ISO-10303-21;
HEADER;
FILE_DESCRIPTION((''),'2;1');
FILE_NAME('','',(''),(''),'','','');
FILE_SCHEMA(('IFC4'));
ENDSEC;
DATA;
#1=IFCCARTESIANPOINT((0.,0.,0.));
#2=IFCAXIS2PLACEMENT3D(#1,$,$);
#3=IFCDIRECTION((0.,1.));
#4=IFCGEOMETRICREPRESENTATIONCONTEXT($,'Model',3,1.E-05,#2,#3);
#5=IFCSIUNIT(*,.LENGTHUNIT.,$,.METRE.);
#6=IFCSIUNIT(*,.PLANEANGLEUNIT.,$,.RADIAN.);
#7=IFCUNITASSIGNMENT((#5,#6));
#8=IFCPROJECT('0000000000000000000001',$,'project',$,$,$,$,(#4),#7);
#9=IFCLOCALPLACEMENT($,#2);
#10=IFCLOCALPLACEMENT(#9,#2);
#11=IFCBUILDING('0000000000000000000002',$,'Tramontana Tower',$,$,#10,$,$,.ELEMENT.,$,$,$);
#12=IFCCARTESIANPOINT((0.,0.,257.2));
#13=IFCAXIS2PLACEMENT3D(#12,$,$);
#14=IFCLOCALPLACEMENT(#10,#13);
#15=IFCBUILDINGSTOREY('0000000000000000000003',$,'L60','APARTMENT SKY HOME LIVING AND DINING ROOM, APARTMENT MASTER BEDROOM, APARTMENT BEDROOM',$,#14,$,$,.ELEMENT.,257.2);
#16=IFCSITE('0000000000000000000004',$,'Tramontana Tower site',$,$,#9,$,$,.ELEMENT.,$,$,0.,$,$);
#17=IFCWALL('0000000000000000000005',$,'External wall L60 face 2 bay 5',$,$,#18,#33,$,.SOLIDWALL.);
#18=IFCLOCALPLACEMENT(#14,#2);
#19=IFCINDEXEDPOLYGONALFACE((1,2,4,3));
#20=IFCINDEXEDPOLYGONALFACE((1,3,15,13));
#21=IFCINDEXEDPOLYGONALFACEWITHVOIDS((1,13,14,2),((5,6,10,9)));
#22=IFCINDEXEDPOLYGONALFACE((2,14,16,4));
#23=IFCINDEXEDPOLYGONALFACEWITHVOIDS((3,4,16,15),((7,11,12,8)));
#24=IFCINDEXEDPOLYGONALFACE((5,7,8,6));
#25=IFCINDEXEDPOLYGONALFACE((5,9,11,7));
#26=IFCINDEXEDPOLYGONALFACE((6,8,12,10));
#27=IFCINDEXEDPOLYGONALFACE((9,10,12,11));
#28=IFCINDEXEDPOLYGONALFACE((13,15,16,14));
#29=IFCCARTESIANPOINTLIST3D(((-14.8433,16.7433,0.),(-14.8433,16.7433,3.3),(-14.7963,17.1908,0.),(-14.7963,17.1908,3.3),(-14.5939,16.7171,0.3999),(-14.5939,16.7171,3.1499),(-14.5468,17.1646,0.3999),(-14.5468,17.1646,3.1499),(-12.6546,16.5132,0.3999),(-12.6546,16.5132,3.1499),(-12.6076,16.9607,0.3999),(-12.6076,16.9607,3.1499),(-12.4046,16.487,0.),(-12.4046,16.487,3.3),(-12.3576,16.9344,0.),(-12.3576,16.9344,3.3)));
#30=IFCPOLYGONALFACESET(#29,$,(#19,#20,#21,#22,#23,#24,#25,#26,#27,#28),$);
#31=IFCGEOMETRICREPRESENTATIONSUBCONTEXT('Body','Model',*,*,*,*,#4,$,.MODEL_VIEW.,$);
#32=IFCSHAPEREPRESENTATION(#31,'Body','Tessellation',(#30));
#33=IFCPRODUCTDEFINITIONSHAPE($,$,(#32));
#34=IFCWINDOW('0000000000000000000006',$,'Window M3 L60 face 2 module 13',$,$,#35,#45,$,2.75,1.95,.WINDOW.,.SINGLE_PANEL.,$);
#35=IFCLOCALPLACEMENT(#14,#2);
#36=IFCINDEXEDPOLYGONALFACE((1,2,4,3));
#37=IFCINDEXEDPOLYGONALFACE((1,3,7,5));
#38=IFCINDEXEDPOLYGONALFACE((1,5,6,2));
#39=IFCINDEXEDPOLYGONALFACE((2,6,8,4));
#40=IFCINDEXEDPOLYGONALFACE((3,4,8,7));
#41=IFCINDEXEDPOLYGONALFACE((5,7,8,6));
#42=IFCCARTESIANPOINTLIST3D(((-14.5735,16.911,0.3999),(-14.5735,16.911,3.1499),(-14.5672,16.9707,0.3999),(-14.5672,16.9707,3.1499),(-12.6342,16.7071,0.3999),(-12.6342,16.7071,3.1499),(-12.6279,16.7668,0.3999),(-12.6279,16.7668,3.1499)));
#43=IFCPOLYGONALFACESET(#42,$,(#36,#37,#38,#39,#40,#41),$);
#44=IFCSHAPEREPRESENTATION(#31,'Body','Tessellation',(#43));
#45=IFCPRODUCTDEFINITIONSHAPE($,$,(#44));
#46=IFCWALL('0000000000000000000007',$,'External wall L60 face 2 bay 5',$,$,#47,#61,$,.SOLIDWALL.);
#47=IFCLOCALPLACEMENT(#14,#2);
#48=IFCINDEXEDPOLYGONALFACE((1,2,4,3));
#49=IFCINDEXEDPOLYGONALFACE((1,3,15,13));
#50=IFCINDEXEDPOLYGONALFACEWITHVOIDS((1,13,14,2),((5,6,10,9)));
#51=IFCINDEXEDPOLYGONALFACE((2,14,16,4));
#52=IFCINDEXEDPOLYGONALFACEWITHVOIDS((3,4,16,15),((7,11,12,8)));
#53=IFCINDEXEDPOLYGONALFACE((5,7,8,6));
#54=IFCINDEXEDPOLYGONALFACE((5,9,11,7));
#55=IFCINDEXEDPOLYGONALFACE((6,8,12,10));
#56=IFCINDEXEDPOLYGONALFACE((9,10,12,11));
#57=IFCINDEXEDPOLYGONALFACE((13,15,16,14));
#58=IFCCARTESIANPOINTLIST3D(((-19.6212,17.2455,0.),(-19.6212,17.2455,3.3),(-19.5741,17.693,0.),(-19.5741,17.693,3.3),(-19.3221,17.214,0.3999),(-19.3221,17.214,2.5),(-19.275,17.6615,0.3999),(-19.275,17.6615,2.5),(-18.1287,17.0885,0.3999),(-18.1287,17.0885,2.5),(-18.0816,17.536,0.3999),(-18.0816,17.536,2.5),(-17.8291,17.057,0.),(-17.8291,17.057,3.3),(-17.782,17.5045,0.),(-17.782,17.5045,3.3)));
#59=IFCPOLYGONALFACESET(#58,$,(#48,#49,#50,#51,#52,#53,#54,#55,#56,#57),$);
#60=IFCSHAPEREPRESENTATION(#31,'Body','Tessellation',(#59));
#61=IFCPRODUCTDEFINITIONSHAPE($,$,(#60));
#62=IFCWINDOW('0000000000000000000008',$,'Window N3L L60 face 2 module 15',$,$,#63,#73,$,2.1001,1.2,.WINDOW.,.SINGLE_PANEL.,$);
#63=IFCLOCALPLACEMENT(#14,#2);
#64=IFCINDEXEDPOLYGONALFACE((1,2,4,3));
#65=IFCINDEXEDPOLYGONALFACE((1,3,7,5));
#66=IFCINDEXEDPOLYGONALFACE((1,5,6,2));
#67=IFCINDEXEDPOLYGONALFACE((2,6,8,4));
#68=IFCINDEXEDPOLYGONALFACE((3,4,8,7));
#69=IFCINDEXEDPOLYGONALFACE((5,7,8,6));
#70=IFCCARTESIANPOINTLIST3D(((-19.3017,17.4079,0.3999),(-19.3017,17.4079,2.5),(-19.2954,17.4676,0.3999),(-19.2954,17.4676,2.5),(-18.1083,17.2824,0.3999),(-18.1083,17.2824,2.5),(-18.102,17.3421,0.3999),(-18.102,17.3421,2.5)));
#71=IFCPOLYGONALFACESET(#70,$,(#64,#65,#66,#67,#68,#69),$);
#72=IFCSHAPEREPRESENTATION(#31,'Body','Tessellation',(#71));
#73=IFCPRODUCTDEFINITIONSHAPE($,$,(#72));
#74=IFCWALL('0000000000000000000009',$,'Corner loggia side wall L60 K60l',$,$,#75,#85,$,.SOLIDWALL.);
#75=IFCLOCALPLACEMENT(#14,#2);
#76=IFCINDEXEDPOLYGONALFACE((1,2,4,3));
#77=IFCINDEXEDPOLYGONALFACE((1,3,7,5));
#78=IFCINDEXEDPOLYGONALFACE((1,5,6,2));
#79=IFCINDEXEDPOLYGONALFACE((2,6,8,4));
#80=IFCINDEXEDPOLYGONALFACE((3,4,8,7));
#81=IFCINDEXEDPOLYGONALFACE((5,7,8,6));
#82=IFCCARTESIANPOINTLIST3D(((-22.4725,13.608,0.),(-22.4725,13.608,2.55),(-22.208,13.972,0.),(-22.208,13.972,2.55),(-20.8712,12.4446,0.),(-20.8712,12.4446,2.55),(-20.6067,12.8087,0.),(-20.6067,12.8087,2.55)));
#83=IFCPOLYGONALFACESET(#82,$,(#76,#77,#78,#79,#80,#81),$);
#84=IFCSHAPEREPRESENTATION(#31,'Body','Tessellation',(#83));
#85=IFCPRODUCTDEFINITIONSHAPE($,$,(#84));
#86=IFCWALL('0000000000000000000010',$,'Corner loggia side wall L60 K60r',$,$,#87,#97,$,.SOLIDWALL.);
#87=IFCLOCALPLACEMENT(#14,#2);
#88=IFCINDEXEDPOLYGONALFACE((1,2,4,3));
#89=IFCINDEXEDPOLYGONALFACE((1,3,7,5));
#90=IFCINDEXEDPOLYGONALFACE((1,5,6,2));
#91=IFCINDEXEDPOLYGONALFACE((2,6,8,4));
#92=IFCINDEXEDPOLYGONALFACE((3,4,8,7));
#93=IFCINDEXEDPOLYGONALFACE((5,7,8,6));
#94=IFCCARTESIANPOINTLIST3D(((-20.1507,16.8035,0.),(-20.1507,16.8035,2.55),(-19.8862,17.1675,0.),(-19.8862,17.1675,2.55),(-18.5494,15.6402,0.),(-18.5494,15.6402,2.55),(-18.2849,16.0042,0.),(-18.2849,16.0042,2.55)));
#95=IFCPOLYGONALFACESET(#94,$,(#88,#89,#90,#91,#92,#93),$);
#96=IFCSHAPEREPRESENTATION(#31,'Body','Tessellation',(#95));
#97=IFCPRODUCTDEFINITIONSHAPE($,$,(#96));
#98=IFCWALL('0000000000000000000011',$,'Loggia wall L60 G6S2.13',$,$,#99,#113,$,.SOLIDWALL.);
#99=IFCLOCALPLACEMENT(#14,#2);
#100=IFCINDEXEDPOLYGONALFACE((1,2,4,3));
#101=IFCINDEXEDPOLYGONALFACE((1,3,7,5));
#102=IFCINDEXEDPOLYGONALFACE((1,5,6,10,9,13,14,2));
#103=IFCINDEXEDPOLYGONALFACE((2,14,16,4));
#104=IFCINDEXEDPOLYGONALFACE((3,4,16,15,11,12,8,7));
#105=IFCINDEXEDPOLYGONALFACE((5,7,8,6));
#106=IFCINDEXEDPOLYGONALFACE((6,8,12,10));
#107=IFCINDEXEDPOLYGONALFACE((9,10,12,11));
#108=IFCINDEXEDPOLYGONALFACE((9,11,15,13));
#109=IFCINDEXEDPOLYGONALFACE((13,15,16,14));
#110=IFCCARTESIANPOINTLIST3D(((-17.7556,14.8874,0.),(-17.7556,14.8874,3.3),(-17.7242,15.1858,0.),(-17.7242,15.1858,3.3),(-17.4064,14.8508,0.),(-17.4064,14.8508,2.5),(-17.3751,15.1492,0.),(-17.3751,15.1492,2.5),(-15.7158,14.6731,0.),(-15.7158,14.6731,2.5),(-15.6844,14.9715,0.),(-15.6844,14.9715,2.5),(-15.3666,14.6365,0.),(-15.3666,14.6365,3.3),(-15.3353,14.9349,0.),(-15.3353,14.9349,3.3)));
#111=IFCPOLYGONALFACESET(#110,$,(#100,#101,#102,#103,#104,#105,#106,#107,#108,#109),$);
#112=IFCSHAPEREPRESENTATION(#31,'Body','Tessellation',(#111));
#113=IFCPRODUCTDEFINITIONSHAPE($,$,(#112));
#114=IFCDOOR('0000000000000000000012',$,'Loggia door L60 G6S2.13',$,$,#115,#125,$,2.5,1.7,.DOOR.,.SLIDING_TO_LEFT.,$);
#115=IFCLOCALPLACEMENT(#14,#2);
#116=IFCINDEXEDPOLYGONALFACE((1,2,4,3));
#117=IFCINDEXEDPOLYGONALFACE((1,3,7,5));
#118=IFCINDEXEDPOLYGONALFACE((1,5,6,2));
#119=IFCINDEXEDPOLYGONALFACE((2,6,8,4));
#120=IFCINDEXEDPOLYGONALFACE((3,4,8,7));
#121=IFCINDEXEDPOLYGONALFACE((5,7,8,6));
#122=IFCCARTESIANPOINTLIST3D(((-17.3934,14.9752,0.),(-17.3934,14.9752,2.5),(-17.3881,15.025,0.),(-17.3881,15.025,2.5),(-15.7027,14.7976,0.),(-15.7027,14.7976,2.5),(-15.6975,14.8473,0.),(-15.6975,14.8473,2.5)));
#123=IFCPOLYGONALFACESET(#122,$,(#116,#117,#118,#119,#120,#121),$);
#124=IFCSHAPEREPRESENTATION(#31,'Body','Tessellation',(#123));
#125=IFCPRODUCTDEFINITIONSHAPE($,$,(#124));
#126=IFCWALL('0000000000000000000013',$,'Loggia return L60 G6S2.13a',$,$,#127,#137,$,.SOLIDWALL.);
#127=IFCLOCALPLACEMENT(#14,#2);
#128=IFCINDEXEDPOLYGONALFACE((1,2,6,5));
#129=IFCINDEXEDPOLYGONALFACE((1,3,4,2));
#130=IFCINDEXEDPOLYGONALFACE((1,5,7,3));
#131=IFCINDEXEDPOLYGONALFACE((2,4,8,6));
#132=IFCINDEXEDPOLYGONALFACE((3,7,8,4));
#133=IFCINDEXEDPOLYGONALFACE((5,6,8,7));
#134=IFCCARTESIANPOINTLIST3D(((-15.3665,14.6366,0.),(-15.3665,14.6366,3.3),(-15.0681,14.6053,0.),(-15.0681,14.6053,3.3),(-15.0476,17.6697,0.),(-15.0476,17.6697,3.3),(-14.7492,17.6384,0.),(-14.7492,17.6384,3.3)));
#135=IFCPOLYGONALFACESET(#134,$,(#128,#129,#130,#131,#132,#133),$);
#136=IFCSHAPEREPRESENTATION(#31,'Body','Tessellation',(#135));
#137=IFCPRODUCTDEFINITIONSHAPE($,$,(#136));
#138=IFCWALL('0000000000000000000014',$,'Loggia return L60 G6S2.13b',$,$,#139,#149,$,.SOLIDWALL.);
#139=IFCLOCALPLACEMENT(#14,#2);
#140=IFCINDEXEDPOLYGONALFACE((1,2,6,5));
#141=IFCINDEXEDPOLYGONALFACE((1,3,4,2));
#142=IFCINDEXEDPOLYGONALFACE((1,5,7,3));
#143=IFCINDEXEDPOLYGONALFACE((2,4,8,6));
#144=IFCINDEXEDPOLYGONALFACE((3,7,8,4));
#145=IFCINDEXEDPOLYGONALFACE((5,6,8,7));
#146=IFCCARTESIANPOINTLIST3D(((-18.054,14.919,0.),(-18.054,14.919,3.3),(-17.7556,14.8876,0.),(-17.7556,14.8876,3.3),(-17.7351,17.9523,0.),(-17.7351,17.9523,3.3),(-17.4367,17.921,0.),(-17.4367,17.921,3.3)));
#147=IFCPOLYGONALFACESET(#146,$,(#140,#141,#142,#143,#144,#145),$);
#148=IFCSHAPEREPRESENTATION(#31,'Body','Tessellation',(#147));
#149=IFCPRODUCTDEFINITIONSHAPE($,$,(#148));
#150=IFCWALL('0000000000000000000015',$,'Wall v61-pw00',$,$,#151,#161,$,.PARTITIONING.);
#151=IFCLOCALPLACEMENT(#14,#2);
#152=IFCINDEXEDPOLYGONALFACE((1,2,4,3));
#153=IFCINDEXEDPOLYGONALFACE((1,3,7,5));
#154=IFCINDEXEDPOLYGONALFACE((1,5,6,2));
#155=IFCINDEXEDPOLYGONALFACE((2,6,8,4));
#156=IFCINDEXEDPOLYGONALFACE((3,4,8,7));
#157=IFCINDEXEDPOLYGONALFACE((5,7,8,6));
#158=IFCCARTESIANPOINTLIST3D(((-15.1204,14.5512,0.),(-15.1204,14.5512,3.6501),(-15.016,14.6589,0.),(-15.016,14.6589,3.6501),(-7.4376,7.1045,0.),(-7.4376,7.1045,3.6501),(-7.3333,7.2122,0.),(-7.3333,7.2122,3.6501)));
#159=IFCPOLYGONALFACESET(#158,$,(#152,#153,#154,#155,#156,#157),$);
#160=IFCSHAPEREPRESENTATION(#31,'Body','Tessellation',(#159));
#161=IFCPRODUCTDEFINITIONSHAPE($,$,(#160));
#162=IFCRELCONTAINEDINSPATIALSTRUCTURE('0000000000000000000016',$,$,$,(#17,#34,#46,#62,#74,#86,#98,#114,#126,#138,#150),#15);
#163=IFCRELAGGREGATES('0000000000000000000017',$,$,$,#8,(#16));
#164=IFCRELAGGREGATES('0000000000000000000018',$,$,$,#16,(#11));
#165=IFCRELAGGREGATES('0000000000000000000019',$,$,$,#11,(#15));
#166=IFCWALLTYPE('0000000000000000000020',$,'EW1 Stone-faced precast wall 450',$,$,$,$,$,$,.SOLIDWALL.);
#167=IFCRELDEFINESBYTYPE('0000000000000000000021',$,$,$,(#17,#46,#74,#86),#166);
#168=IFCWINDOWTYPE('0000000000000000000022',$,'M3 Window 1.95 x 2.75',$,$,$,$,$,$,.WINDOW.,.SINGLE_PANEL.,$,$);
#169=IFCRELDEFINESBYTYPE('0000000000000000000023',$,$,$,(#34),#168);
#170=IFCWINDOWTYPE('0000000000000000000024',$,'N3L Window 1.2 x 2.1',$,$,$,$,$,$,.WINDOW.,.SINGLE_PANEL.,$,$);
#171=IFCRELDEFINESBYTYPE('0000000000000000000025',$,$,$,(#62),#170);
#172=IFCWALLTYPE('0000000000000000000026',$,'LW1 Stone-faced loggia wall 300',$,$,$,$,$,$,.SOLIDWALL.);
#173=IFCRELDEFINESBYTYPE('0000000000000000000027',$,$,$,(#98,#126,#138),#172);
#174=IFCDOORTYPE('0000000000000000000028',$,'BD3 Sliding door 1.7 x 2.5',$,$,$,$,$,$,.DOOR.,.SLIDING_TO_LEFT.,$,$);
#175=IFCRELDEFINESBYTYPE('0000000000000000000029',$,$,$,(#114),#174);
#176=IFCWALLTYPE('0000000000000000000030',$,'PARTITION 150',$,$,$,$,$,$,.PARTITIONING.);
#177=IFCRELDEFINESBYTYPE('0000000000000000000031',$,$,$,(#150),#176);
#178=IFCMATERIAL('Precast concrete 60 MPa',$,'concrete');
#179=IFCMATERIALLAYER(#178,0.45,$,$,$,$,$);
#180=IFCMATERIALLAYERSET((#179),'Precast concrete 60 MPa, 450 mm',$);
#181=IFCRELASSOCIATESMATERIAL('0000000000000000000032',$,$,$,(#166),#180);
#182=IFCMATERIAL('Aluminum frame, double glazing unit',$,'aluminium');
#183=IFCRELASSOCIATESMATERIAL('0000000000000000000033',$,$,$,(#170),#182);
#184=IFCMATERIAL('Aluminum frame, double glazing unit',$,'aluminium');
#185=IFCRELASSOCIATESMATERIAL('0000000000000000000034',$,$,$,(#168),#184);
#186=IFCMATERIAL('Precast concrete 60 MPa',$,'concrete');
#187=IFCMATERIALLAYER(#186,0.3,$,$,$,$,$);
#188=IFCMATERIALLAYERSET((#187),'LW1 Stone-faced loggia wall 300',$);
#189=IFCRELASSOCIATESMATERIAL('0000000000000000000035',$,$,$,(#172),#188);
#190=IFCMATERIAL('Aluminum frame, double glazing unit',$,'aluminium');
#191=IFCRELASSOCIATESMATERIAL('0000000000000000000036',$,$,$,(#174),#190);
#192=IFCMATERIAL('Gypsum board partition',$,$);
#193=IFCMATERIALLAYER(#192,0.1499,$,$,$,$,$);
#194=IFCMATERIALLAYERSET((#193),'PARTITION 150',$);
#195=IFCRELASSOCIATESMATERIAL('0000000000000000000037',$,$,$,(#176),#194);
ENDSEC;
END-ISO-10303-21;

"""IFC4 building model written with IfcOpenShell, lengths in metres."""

from ifc_helpers import new_model, si_unit, direction, frame, frame_2d, origin, place, context, subcontext, project, spatial, rectangle, extrude, material, layer, layer_set, type_object, element, fill, save


model = new_model("IFC4")

# Units and contexts
model_context = context("Model", 3, precision=1e-05, world=origin(), true_north=direction((0.0, 1.0)))
body_context = subcontext(model_context, "Body", "Model", "MODEL_VIEW")
ifc_project = project(units=[si_unit("LENGTHUNIT", "METRE"), si_unit("PLANEANGLEUNIT", "RADIAN")], contexts=[model_context])

# Site, building, storey
site_placement = place(None, origin())
site = spatial("IfcSite", under=ifc_project, at=site_placement, Name="Tramontana Tower site", CompositionType="ELEMENT", RefElevation=0.0)
building_placement = place(site_placement, origin())
building = spatial("IfcBuilding", under=site, at=building_placement, Name="Tramontana Tower", CompositionType="ELEMENT")
storey_placement = place(building_placement, frame((0.0, 0.0, 257.2)))
storey = spatial("IfcBuildingStorey", under=building, at=storey_placement, Name="L60", Description="APARTMENT SKY HOME LIVING AND DINING ROOM, APARTMENT MASTER BEDROOM, APARTMENT BEDROOM", CompositionType="ELEMENT", Elevation=257.2)

# Walls, openings, windows
ifc_material_1 = material(Name="Precast concrete 60 MPa", Category="concrete")
ifc_layer_1 = layer(ifc_material_1, 0.45)
ifc_layer_set_1 = layer_set([ifc_layer_1], Name="Precast concrete 60 MPa, 450 mm")
wall_type_1 = type_object("IfcWallType", Name="EW1 Stone-faced precast wall 450", PredefinedType="SOLIDWALL", material=ifc_layer_set_1)
ifc_material_2 = material(Name="Aluminum frame, double glazing unit", Category="aluminium")
window_type_1 = type_object("IfcWindowType", Name="N3L Window 1.2 x 2.1", PartitioningType="SINGLE_PANEL", PredefinedType="WINDOW", material=ifc_material_2)
wall_1_placement = place(storey_placement, frame((-12.3811, 16.7107, 0.0), z_axis=(0.0, 0.0, 1.0), x_axis=(-0.994521, 0.10454, 0.0)))
wall_1 = element("IfcWall", 1, at=wall_1_placement, inside=storey, type_object=wall_type_1, Name="External wall L60 face 2 bay 5", PredefinedType="SOLIDWALL", context=body_context, shape_type="SweptSolid", body=[
    extrude(rectangle(XDim=2.4521, YDim=0.45, at=frame_2d((1.2261, 0.0))), origin(), (0.0, 0.0, 1.0), 3.3),
])
opening_1_placement = place(wall_1_placement, frame((0.2512, 0.0, 0.3999)))
opening_1 = element("IfcOpeningElement", 2, at=opening_1_placement, cuts=wall_1, PredefinedType="OPENING", context=body_context, shape_type="SweptSolid", body=[
    extrude(rectangle(XDim=1.95, YDim=2.75, at=frame_2d((0.9751, 1.375))), frame((0.0, 0.2349, 0.0), z_axis=(0.0, -1.0, 0.0), x_axis=(1.0, 0.0, 0.0)), (0.0, 0.0, 1.0), 0.47),
])
ifc_material_3 = material(Name="Aluminum frame, double glazing unit", Category="aluminium")
window_type_2 = type_object("IfcWindowType", Name="M3 Window 1.95 x 2.75", PartitioningType="SINGLE_PANEL", PredefinedType="WINDOW", material=ifc_material_3)
window_1_placement = place(opening_1_placement, origin())
window_1 = element("IfcWindow", 3, at=window_1_placement, inside=storey, type_object=window_type_2, Name="Window M3 L60 face 2 module 13", OverallHeight=2.75, OverallWidth=1.95, PartitioningType="SINGLE_PANEL", PredefinedType="WINDOW", context=body_context, shape_type="SweptSolid", body=[
    extrude(rectangle(XDim=1.95, YDim=2.75, at=frame_2d((0.9751, 1.375))), frame((0.0, 0.03, 0.0), z_axis=(0.0, -1.0, 0.0), x_axis=(1.0, 0.0, 0.0)), (0.0, 0.0, 1.0), 0.0601),
])
fill(opening_1, window_1)
wall_2_placement = place(storey_placement, frame((-17.8057, 17.2808, 0.0), z_axis=(0.0, 0.0, 1.0), x_axis=(-0.994516, 0.104586, 0.0)))
wall_2 = element("IfcWall", 4, at=wall_2_placement, inside=storey, type_object=wall_type_1, Name="External wall L60 face 2 bay 5", PredefinedType="SOLIDWALL", context=body_context, shape_type="SweptSolid", body=[
    extrude(rectangle(XDim=1.802, YDim=0.45, at=frame_2d((0.9009, 0.0))), origin(), (0.0, 0.0, 1.0), 3.3),
])
opening_2_placement = place(wall_2_placement, frame((0.301, 0.0, 0.3999)))
opening_2 = element("IfcOpeningElement", 5, at=opening_2_placement, cuts=wall_2, PredefinedType="OPENING", context=body_context, shape_type="SweptSolid", body=[
    extrude(rectangle(XDim=1.2, YDim=2.1001, at=frame_2d((0.6001, 1.05))), frame((0.0, 0.2349, 0.0), z_axis=(0.0, -1.0, 0.0), x_axis=(1.0, 0.0, 0.0)), (0.0, 0.0, 1.0), 0.47),
])
window_2_placement = place(opening_2_placement, origin())
window_2 = element("IfcWindow", 6, at=window_2_placement, inside=storey, type_object=window_type_1, Name="Window N3L L60 face 2 module 15", OverallHeight=2.1001, OverallWidth=1.2, PartitioningType="SINGLE_PANEL", PredefinedType="WINDOW", context=body_context, shape_type="SweptSolid", body=[
    extrude(rectangle(XDim=1.2, YDim=2.1001, at=frame_2d((0.6001, 1.05))), frame((0.0, 0.03, 0.0), z_axis=(0.0, -1.0, 0.0), x_axis=(1.0, 0.0, 0.0)), (0.0, 0.0, 1.0), 0.0601),
])
fill(opening_2, window_2)

# Walls
for number, where, z_axis, x_axis, name in (
    (7, (-22.3403, 13.79, 0.0), (0.0, 0.0, 1.0), (0.80904, -0.587754, 0.0), "Corner loggia side wall L60 K60l"),
    (8, (-20.0186, 16.9856, 0.0), (0.0, 0.0, 1.0), (0.80904, -0.587754, 0.0), "Corner loggia side wall L60 K60r"),
):
    element("IfcWall", number, at=place(storey_placement, frame(where, z_axis=z_axis, x_axis=x_axis)), inside=storey, type_object=wall_type_1, Name=name, PredefinedType="SOLIDWALL", context=body_context, shape_type="SweptSolid", body=[
        extrude(rectangle(XDim=1.9792, YDim=0.45, at=frame_2d((0.9897, 0.0))), origin(), (0.0, 0.0, 1.0), 2.55),
    ])

# Wall, opening, door
ifc_material_4 = material(Name="Precast concrete 60 MPa", Category="concrete")
ifc_layer_2 = layer(ifc_material_4, 0.3)
ifc_layer_set_2 = layer_set([ifc_layer_2], Name="LW1 Stone-faced loggia wall 300")
wall_type_2 = type_object("IfcWallType", Name="LW1 Stone-faced loggia wall 300", PredefinedType="SOLIDWALL", material=ifc_layer_set_2)
wall_3_placement = place(storey_placement, frame((-15.3508, 14.7856, 0.0), z_axis=(0.0, 0.0, 1.0), x_axis=(-0.994527, 0.104484, 0.0)))
wall_3 = element("IfcWall", 9, at=wall_3_placement, inside=storey, type_object=wall_type_2, Name="Loggia wall L60 G6S2.13", PredefinedType="SOLIDWALL", context=body_context, shape_type="SweptSolid", body=[
    extrude(rectangle(XDim=2.4021, YDim=0.3, at=frame_2d((1.2012, 0.0))), origin(), (0.0, 0.0, 1.0), 3.3),
])
opening_3_placement = place(wall_3_placement, frame((0.3511, 0.0, 0.0)))
opening_3 = element("IfcOpeningElement", 10, at=opening_3_placement, cuts=wall_3, PredefinedType="OPENING", context=body_context, shape_type="SweptSolid", body=[
    extrude(rectangle(XDim=1.7, YDim=2.5, at=frame_2d((0.8501, 1.25))), frame((0.0, 0.1599, 0.0), z_axis=(0.0, -1.0, 0.0), x_axis=(1.0, 0.0, 0.0)), (0.0, 0.0, 1.0), 0.3201),
])
ifc_material_5 = material(Name="Aluminum frame, double glazing unit", Category="aluminium")
door_type_1 = type_object("IfcDoorType", Name="BD3 Sliding door 1.7 x 2.5", OperationType="SLIDING_TO_LEFT", PredefinedType="DOOR", material=ifc_material_5)
door_1_placement = place(opening_3_placement, origin())
door_1 = element("IfcDoor", 11, at=door_1_placement, inside=storey, type_object=door_type_1, Name="Loggia door L60 G6S2.13", OperationType="SLIDING_TO_LEFT", OverallHeight=2.5, OverallWidth=1.7, PredefinedType="DOOR", context=body_context, shape_type="SweptSolid", body=[
    extrude(rectangle(XDim=1.7, YDim=2.5, at=frame_2d((0.8501, 1.25))), frame((0.0, 0.0249, 0.0), z_axis=(0.0, -1.0, 0.0), x_axis=(1.0, 0.0, 0.0)), (0.0, 0.0, 1.0), 0.05),
])
fill(opening_3, door_1)

# Walls
wall_4_placement = place(storey_placement, frame((-14.8984, 17.6541, 0.0), z_axis=(0.0, 0.0, 1.0), x_axis=(-0.104543, -0.99452, 0.0)))
element("IfcWall", 12, at=wall_4_placement, inside=storey, type_object=wall_type_2, Name="Loggia return L60 G6S2.13a", PredefinedType="SOLIDWALL", context=body_context, shape_type="SweptSolid", body=[
    extrude(rectangle(XDim=3.0498, YDim=0.3, at=frame_2d((1.5249, 0.0))), origin(), (0.0, 0.0, 1.0), 3.3),
])
wall_5_placement = place(storey_placement, frame((-17.5859, 17.9365, 0.0), z_axis=(0.0, 0.0, 1.0), x_axis=(-0.104535, -0.994521, 0.0)))
element("IfcWall", 13, at=wall_5_placement, inside=storey, type_object=wall_type_2, Name="Loggia return L60 G6S2.13b", PredefinedType="SOLIDWALL", context=body_context, shape_type="SweptSolid", body=[
    extrude(rectangle(XDim=3.05, YDim=0.3, at=frame_2d((1.5249, 0.0))), origin(), (0.0, 0.0, 1.0), 3.3),
])
ifc_material_6 = material(Name="Gypsum board partition")
ifc_layer_3 = layer(ifc_material_6, 0.1499)
ifc_layer_set_3 = layer_set([ifc_layer_3], Name="PARTITION 150")
wall_type_3 = type_object("IfcWallType", Name="PARTITION 150", PredefinedType="PARTITIONING", material=ifc_layer_set_3)
wall_6_placement = place(storey_placement, frame((-15.0681, 14.605, 0.0), z_axis=(0.0, 0.0, 1.0), x_axis=(0.718053, -0.695988, 0.0)))
element("IfcWall", 14, at=wall_6_placement, inside=storey, type_object=wall_type_3, Name="Wall v61-pw00", PredefinedType="PARTITIONING", context=body_context, shape_type="SweptSolid", body=[
    extrude(rectangle(XDim=10.6995, YDim=0.1499, at=frame_2d((5.3496, 0.0))), origin(), (0.0, 0.0, 1.0), 3.6501),
])

save(model, "model.ifc")
